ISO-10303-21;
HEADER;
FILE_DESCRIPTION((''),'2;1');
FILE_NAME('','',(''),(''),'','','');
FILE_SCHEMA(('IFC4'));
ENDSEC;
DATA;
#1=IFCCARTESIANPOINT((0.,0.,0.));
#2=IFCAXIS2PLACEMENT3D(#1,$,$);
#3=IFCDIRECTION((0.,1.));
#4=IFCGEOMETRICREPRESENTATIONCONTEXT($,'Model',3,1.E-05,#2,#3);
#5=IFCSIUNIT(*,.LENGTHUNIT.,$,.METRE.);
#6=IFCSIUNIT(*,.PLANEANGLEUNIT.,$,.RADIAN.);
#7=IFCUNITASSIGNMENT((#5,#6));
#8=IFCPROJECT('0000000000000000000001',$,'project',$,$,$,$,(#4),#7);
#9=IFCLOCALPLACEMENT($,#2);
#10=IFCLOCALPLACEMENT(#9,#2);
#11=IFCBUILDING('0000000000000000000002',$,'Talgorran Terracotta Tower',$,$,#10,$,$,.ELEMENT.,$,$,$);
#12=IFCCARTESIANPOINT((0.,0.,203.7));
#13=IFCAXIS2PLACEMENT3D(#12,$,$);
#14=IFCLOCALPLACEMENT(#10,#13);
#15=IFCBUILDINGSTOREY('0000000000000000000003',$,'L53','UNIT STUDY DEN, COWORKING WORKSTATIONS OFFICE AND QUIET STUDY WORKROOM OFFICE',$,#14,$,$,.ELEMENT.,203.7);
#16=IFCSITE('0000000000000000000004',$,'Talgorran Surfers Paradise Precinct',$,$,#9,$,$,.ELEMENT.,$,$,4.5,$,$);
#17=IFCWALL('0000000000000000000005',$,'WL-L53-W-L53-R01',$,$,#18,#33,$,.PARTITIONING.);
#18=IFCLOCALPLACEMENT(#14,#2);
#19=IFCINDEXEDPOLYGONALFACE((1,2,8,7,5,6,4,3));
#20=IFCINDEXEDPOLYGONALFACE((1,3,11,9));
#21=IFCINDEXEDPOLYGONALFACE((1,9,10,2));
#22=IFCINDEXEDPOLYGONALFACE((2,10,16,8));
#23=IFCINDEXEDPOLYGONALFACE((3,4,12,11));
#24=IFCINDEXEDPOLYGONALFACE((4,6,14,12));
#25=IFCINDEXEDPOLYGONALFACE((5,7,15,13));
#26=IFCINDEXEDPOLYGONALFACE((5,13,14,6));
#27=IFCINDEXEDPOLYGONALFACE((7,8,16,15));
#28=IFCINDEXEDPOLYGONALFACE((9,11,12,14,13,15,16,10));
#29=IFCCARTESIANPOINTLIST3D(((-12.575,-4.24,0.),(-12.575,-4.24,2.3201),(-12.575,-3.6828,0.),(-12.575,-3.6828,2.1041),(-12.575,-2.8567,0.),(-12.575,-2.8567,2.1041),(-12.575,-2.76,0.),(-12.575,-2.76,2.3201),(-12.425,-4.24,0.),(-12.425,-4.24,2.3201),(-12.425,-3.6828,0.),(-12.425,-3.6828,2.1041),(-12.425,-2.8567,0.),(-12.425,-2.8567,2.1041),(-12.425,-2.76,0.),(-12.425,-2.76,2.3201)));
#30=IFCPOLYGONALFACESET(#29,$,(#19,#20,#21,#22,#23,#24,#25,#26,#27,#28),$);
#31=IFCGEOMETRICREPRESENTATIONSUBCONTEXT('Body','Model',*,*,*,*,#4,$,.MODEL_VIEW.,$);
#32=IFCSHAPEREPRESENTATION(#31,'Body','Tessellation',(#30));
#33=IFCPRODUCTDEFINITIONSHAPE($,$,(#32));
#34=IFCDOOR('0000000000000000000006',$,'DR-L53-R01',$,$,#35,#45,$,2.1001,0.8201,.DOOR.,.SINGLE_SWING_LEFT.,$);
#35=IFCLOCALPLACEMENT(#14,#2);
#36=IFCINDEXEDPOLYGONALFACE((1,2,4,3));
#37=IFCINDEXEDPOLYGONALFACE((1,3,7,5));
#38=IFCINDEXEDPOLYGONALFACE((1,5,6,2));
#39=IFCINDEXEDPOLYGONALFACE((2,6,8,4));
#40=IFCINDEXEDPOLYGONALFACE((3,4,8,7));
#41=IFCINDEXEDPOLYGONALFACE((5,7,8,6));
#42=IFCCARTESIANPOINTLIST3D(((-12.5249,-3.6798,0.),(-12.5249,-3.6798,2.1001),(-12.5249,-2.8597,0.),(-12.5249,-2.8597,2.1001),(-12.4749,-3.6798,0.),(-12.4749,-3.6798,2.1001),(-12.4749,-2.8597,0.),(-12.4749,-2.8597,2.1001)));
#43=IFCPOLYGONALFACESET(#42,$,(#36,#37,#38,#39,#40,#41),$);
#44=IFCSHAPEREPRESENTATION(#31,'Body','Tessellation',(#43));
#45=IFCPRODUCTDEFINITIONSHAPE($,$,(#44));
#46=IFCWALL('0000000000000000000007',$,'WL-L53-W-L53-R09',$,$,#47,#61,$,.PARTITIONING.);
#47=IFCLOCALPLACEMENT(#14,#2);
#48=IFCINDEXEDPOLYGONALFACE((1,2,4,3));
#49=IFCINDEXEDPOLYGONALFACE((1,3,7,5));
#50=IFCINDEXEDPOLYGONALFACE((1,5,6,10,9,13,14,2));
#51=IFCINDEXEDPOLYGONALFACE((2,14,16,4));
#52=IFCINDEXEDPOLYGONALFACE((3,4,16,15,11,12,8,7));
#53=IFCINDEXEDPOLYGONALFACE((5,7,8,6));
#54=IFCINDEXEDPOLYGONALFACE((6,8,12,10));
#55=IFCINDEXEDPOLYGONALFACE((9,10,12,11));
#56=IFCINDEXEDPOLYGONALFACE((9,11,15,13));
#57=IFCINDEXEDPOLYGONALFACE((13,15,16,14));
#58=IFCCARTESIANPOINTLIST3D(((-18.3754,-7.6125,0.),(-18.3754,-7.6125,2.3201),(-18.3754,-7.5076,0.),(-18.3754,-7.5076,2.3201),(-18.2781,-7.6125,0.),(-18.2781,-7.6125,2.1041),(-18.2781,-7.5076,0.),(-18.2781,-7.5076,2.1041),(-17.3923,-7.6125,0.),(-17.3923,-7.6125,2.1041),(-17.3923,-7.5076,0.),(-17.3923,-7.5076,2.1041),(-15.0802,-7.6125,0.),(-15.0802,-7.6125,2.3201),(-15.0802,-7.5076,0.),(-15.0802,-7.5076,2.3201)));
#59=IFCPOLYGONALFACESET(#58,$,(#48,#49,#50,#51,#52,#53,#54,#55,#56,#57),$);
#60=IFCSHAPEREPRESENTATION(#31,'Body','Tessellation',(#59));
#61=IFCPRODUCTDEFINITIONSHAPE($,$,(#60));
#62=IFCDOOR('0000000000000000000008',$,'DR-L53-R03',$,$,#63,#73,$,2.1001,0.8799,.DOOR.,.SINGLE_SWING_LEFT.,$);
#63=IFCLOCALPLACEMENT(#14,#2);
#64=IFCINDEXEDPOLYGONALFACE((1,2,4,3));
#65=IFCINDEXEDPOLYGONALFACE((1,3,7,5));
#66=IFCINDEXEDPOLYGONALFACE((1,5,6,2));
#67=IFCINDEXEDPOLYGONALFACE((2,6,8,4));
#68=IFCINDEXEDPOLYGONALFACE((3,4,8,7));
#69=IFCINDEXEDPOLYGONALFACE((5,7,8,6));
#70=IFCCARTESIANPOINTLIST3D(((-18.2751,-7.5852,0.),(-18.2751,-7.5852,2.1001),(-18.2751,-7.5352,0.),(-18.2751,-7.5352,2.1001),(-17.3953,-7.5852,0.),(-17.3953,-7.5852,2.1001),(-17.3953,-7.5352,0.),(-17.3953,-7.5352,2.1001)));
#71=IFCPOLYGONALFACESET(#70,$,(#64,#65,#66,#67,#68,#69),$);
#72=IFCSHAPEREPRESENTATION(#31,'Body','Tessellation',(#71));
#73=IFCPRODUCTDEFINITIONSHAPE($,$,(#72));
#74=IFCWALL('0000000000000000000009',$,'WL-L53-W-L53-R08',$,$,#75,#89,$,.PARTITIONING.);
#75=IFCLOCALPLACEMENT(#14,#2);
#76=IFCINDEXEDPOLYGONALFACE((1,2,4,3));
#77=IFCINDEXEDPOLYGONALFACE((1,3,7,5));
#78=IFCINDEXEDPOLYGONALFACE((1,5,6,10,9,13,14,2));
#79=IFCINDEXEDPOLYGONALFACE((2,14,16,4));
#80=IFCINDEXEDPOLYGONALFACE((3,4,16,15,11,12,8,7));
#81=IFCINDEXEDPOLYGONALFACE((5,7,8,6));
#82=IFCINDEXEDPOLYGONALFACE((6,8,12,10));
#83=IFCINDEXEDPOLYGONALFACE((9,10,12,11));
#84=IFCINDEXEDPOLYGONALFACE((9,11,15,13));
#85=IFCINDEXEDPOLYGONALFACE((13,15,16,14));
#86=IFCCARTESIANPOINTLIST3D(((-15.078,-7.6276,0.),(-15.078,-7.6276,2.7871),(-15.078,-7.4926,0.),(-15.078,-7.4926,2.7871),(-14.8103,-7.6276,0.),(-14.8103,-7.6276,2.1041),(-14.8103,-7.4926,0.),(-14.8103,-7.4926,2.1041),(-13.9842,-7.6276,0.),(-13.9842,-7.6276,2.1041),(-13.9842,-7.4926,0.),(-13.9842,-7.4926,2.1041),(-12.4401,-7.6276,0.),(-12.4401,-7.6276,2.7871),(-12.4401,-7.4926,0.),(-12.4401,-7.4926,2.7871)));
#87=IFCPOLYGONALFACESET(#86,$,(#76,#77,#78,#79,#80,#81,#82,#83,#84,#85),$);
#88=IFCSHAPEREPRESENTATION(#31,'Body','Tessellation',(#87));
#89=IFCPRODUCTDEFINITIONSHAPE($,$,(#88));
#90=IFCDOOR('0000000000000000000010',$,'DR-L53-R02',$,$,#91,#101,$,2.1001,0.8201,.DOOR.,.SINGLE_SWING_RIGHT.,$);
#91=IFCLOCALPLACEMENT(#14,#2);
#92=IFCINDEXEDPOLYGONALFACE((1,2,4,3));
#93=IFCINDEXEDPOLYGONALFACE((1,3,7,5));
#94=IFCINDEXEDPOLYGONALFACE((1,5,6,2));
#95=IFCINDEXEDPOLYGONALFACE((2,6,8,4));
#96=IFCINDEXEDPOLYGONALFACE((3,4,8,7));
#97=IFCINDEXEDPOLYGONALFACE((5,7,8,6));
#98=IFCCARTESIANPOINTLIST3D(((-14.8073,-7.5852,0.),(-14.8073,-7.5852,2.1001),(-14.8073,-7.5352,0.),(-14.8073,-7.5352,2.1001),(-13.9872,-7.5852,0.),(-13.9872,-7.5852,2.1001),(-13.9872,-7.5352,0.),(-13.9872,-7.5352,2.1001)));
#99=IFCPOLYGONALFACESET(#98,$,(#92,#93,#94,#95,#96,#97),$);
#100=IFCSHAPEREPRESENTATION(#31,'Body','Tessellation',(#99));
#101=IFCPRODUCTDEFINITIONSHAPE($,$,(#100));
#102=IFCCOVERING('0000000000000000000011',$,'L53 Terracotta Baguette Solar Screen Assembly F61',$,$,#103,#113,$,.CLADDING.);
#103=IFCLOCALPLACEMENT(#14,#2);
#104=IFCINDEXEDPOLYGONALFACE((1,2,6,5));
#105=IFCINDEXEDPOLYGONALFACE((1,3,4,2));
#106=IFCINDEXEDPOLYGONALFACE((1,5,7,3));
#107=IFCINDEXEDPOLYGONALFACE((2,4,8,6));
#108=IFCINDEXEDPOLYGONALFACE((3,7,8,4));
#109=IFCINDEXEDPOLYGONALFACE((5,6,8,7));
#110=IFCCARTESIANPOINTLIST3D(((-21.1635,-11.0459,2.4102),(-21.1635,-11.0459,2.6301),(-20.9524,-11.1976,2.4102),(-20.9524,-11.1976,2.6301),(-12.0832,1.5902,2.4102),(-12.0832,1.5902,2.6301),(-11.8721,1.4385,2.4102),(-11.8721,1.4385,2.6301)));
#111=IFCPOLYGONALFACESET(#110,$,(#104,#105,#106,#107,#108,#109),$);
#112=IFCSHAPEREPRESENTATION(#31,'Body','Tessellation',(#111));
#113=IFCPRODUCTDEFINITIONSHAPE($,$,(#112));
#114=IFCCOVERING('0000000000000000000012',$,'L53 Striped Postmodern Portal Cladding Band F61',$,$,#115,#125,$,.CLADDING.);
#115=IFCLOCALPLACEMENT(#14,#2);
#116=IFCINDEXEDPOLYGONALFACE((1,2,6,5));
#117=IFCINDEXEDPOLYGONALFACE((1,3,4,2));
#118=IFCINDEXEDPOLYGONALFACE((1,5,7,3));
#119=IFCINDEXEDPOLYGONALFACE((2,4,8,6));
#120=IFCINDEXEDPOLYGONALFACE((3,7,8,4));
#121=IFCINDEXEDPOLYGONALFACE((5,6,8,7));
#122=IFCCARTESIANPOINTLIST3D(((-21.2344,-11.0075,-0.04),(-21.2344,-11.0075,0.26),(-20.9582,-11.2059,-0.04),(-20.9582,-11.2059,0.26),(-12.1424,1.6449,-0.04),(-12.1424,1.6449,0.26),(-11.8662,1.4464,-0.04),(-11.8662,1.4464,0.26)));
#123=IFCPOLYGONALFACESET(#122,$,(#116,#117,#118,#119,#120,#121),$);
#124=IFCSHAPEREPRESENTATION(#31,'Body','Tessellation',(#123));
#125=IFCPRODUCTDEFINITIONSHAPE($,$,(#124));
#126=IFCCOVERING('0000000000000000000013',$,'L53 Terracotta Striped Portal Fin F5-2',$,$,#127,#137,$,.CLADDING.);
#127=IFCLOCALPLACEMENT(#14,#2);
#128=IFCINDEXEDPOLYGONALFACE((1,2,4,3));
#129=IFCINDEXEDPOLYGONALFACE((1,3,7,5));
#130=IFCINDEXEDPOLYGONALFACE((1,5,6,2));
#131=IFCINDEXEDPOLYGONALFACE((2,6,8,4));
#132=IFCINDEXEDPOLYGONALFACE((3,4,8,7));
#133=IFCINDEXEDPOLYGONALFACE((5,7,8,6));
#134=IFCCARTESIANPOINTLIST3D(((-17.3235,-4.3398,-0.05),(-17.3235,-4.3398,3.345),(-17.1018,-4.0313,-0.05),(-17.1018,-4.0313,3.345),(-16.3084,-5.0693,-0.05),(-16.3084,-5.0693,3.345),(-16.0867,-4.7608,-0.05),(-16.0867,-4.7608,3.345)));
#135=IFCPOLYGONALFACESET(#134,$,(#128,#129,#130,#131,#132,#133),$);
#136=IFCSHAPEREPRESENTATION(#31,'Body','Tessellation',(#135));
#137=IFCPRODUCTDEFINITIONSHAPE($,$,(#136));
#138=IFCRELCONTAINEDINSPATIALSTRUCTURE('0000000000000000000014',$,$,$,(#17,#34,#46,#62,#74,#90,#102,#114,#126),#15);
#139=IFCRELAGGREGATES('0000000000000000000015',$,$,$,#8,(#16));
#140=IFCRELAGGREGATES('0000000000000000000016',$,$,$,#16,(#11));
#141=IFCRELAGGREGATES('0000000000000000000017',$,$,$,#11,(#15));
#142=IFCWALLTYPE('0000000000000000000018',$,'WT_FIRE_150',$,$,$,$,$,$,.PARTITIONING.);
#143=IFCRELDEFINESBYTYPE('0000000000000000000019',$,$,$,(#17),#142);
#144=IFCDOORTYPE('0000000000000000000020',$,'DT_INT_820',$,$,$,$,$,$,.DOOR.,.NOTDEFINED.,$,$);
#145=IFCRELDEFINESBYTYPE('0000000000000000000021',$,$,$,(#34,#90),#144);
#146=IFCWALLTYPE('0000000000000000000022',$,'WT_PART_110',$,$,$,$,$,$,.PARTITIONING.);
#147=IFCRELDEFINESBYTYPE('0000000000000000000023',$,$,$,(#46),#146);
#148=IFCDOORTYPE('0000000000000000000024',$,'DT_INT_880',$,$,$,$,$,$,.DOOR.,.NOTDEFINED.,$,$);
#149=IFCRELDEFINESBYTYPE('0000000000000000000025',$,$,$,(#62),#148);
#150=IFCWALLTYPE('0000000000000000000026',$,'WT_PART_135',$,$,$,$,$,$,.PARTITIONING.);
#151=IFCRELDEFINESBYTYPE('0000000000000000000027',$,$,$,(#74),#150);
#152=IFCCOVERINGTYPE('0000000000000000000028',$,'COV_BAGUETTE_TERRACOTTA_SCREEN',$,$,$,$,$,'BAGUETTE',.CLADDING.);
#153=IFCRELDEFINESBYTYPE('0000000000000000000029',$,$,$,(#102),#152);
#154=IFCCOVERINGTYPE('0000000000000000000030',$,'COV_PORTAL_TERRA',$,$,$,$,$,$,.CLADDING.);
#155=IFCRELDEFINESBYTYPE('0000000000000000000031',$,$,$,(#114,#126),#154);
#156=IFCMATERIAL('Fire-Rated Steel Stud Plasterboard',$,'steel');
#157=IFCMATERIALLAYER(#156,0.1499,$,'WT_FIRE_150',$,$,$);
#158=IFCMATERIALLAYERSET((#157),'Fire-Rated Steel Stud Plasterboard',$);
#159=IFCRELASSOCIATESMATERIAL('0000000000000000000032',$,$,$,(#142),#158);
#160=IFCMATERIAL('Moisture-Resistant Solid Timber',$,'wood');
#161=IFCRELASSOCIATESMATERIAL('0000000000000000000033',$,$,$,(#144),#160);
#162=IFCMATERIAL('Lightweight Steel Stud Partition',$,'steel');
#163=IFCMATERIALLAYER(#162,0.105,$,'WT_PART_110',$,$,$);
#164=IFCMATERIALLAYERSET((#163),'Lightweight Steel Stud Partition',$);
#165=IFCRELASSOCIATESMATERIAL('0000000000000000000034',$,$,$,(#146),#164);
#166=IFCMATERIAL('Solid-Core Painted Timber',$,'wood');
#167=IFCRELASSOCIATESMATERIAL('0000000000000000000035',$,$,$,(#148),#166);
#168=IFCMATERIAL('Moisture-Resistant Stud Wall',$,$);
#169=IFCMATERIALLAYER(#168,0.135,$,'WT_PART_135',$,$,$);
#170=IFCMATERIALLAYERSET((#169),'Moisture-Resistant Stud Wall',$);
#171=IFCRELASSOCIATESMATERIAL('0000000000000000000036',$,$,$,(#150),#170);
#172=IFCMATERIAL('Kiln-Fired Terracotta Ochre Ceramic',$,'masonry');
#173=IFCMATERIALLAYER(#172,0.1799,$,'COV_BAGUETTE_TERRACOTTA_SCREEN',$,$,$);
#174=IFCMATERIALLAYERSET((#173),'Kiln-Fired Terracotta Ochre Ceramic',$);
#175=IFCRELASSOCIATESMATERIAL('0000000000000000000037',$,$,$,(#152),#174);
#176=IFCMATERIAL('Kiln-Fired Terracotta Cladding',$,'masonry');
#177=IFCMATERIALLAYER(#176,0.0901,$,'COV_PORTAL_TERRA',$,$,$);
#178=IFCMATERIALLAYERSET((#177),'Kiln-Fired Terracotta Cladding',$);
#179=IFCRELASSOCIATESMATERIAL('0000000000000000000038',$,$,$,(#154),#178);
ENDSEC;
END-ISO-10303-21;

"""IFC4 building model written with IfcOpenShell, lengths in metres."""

from ifc_helpers import new_model, si_unit, direction, frame, frame_2d, origin, origin_2d, place, context, subcontext, project, spatial, rectangle, extrude, material, layer, layer_set, type_object, element, fill, save


model = new_model("IFC4")

# Units and contexts
model_context = context("Model", 3, precision=1e-05, world=origin(), true_north=direction((0.0, 1.0)))
body_context = subcontext(model_context, "Body", "Model", "MODEL_VIEW")
ifc_project = project(units=[si_unit("LENGTHUNIT", "METRE"), si_unit("PLANEANGLEUNIT", "RADIAN")], contexts=[model_context])

# Site, building, storey
site_placement = place(None, origin())
site = spatial("IfcSite", under=ifc_project, at=site_placement, Name="Talgorran Surfers Paradise Precinct", CompositionType="ELEMENT", RefElevation=4.5)
building_placement = place(site_placement, origin())
building = spatial("IfcBuilding", under=site, at=building_placement, Name="Talgorran Terracotta Tower", CompositionType="ELEMENT")
storey_placement = place(building_placement, frame((0.0, 0.0, 203.7)))
storey = spatial("IfcBuildingStorey", under=building, at=storey_placement, Name="L53", Description="UNIT STUDY DEN, COWORKING WORKSTATIONS OFFICE AND QUIET STUDY WORKROOM OFFICE", CompositionType="ELEMENT", Elevation=203.7)

# Walls, openings, doors
ifc_material_1 = material(Name="Fire-Rated Steel Stud Plasterboard", Category="steel")
ifc_layer_1 = layer(ifc_material_1, 0.1499, Name="WT_FIRE_150")
ifc_layer_set_1 = layer_set([ifc_layer_1], Name="Fire-Rated Steel Stud Plasterboard")
wall_type_1 = type_object("IfcWallType", Name="WT_FIRE_150", PredefinedType="PARTITIONING", material=ifc_layer_set_1)
wall_1_placement = place(storey_placement, frame((-12.5, -4.24, 0.0), z_axis=(0.0, 0.0, 1.0), x_axis=(0.0, 1.0, 0.0)))
wall_1 = element("IfcWall", 1, at=wall_1_placement, inside=storey, type_object=wall_type_1, Name="WL-L53-W-L53-R01", PredefinedType="PARTITIONING", context=body_context, shape_type="SweptSolid", body=[
    extrude(rectangle(XDim=1.48, YDim=0.1499, at=frame_2d((0.74, 0.0))), origin(), (0.0, 0.0, 1.0), 2.3201),
])
opening_1_placement = place(wall_1_placement, frame((0.5601, 0.0, 0.0)))
opening_1 = element("IfcOpeningElement", 2, at=opening_1_placement, cuts=wall_1, PredefinedType="OPENING", context=body_context, shape_type="SweptSolid", body=[
    extrude(rectangle(XDim=0.8261, YDim=2.1041, at=frame_2d((0.4102, 1.052))), frame((0.0, 0.085, 0.0), z_axis=(0.0, -1.0, 0.0), x_axis=(1.0, 0.0, 0.0)), (0.0, 0.0, 1.0), 0.1699),
])
ifc_material_2 = material(Name="Moisture-Resistant Solid Timber", Category="wood")
door_type_1 = type_object("IfcDoorType", Name="DT_INT_820", OperationType="NOTDEFINED", PredefinedType="DOOR", material=ifc_material_2)
door_1_placement = place(opening_1_placement, origin())
door_1 = element("IfcDoor", 3, at=door_1_placement, inside=storey, type_object=door_type_1, Name="DR-L53-R01", OperationType="SINGLE_SWING_LEFT", OverallHeight=2.1001, OverallWidth=0.8201, PredefinedType="DOOR", context=body_context, shape_type="SweptSolid", body=[
    extrude(rectangle(XDim=0.8201, YDim=2.1001, at=frame_2d((0.4102, 1.05))), frame((0.0, 0.0249, 0.0), z_axis=(0.0, -1.0, 0.0), x_axis=(1.0, 0.0, 0.0)), (0.0, 0.0, 1.0), 0.05),
])
fill(opening_1, door_1)
ifc_material_3 = material(Name="Lightweight Steel Stud Partition", Category="steel")
ifc_layer_2 = layer(ifc_material_3, 0.105, Name="WT_PART_110")
ifc_layer_set_2 = layer_set([ifc_layer_2], Name="Lightweight Steel Stud Partition")
wall_type_2 = type_object("IfcWallType", Name="WT_PART_110", PredefinedType="PARTITIONING", material=ifc_layer_set_2)
wall_2_placement = place(storey_placement, frame((-18.3752, -7.5601, 0.0), z_axis=(0.0, 0.0, 1.0), x_axis=(1.0, 0.0, 0.0)))
wall_2 = element("IfcWall", 4, at=wall_2_placement, inside=storey, type_object=wall_type_2, Name="WL-L53-W-L53-R09", PredefinedType="PARTITIONING", context=body_context, shape_type="SweptSolid", body=[
    extrude(rectangle(XDim=3.2952, YDim=0.105, at=frame_2d((1.6475, 0.0))), origin(), (0.0, 0.0, 1.0), 2.3201),
])
opening_2_placement = place(wall_2_placement, frame((0.1001, 0.0, 0.0)))
opening_2 = element("IfcOpeningElement", 5, at=opening_2_placement, cuts=wall_2, PredefinedType="OPENING", context=body_context, shape_type="SweptSolid", body=[
    extrude(rectangle(XDim=0.8859, YDim=2.1041, at=frame_2d((0.4399, 1.052))), frame((0.0, 0.0625, 0.0), z_axis=(0.0, -1.0, 0.0), x_axis=(1.0, 0.0, 0.0)), (0.0, 0.0, 1.0), 0.125),
])
ifc_material_4 = material(Name="Solid-Core Painted Timber", Category="wood")
door_type_2 = type_object("IfcDoorType", Name="DT_INT_880", OperationType="NOTDEFINED", PredefinedType="DOOR", material=ifc_material_4)
door_2_placement = place(opening_2_placement, origin())
door_2 = element("IfcDoor", 6, at=door_2_placement, inside=storey, type_object=door_type_2, Name="DR-L53-R03", OperationType="SINGLE_SWING_LEFT", OverallHeight=2.1001, OverallWidth=0.8799, PredefinedType="DOOR", context=body_context, shape_type="SweptSolid", body=[
    extrude(rectangle(XDim=0.8799, YDim=2.1001, at=frame_2d((0.4399, 1.05))), frame((0.0, 0.0249, 0.0), z_axis=(0.0, -1.0, 0.0), x_axis=(1.0, 0.0, 0.0)), (0.0, 0.0, 1.0), 0.05),
])
fill(opening_2, door_2)
ifc_material_5 = material(Name="Moisture-Resistant Stud Wall")
ifc_layer_3 = layer(ifc_material_5, 0.135, Name="WT_PART_135")
ifc_layer_set_3 = layer_set([ifc_layer_3], Name="Moisture-Resistant Stud Wall")
wall_type_3 = type_object("IfcWallType", Name="WT_PART_135", PredefinedType="PARTITIONING", material=ifc_layer_set_3)
wall_3_placement = place(storey_placement, frame((-15.0779, -7.5601, 0.0), z_axis=(0.0, 0.0, 1.0), x_axis=(1.0, 0.0, 0.0)))
wall_3 = element("IfcWall", 7, at=wall_3_placement, inside=storey, type_object=wall_type_3, Name="WL-L53-W-L53-R08", PredefinedType="PARTITIONING", context=body_context, shape_type="SweptSolid", body=[
    extrude(rectangle(XDim=2.6379, YDim=0.135, at=frame_2d((1.3188, 0.0))), origin(), (0.0, 0.0, 1.0), 2.7871),
])
opening_3_placement = place(wall_3_placement, frame((0.2705, 0.0, 0.0)))
opening_3 = element("IfcOpeningElement", 8, at=opening_3_placement, cuts=wall_3, PredefinedType="OPENING", context=body_context, shape_type="SweptSolid", body=[
    extrude(rectangle(XDim=0.8261, YDim=2.1041, at=frame_2d((0.4102, 1.052))), frame((0.0, 0.0776, 0.0), z_axis=(0.0, -1.0, 0.0), x_axis=(1.0, 0.0, 0.0)), (0.0, 0.0, 1.0), 0.155),
])
door_3_placement = place(opening_3_placement, origin())
door_3 = element("IfcDoor", 9, at=door_3_placement, inside=storey, type_object=door_type_1, Name="DR-L53-R02", OperationType="SINGLE_SWING_RIGHT", OverallHeight=2.1001, OverallWidth=0.8201, PredefinedType="DOOR", context=body_context, shape_type="SweptSolid", body=[
    extrude(rectangle(XDim=0.8201, YDim=2.1001, at=frame_2d((0.4102, 1.05))), frame((0.0, 0.0249, 0.0), z_axis=(0.0, -1.0, 0.0), x_axis=(1.0, 0.0, 0.0)), (0.0, 0.0, 1.0), 0.05),
])
fill(opening_3, door_3)

# Coverings
ifc_material_6 = material(Name="Kiln-Fired Terracotta Ochre Ceramic", Category="masonry")
ifc_layer_4 = layer(ifc_material_6, 0.1799, Name="COV_BAGUETTE_TERRACOTTA_SCREEN")
ifc_layer_set_4 = layer_set([ifc_layer_4], Name="Kiln-Fired Terracotta Ochre Ceramic")
covering_type_1 = type_object("IfcCoveringType", Name="COV_BAGUETTE_TERRACOTTA_SCREEN", ElementType="BAGUETTE", PredefinedType="CLADDING", material=ifc_layer_set_4)
covering_1_placement = place(storey_placement, frame((-16.5178, -4.8037, 2.4102), z_axis=(0.0, 0.0, 1.0), x_axis=(-0.583555, -0.812073, 0.0)))
element("IfcCovering", 10, at=covering_1_placement, inside=storey, type_object=covering_type_1, Name="L53 Terracotta Baguette Solar Screen Assembly F61", PredefinedType="CLADDING", context=body_context, shape_type="SweptSolid", body=[
    extrude(rectangle(XDim=15.5603, YDim=0.26, at=origin_2d()), origin(), (0.0, 0.0, 1.0), 0.22),
])
ifc_material_7 = material(Name="Kiln-Fired Terracotta Cladding", Category="masonry")
ifc_layer_5 = layer(ifc_material_7, 0.0901, Name="COV_PORTAL_TERRA")
ifc_layer_set_5 = layer_set([ifc_layer_5], Name="Kiln-Fired Terracotta Cladding")
covering_type_2 = type_object("IfcCoveringType", Name="COV_PORTAL_TERRA", PredefinedType="CLADDING", material=ifc_layer_set_5)
covering_2_placement = place(storey_placement, frame((-16.5503, -4.7805, -0.04), z_axis=(0.0, 0.0, 1.0), x_axis=(-0.583555, -0.812073, 0.0)))
element("IfcCovering", 11, at=covering_2_placement, inside=storey, type_object=covering_type_2, Name="L53 Striped Postmodern Portal Cladding Band F61", PredefinedType="CLADDING", context=body_context, shape_type="SweptSolid", body=[
    extrude(rectangle(XDim=15.5803, YDim=0.3401, at=origin_2d()), origin(), (0.0, 0.0, 1.0), 0.3),
])
covering_3_placement = place(storey_placement, frame((-16.7051, -4.5503, -0.05), z_axis=(0.0, 0.0, 1.0), x_axis=(-0.583555, -0.812073, 0.0)))
element("IfcCovering", 12, at=covering_3_placement, inside=storey, type_object=covering_type_2, Name="L53 Terracotta Striped Portal Fin F5-2", PredefinedType="CLADDING", context=body_context, shape_type="SweptSolid", body=[
    extrude(rectangle(XDim=0.3799, YDim=1.25, at=origin_2d()), origin(), (0.0, 0.0, 1.0), 3.395),
])

save(model, "model.ifc")
